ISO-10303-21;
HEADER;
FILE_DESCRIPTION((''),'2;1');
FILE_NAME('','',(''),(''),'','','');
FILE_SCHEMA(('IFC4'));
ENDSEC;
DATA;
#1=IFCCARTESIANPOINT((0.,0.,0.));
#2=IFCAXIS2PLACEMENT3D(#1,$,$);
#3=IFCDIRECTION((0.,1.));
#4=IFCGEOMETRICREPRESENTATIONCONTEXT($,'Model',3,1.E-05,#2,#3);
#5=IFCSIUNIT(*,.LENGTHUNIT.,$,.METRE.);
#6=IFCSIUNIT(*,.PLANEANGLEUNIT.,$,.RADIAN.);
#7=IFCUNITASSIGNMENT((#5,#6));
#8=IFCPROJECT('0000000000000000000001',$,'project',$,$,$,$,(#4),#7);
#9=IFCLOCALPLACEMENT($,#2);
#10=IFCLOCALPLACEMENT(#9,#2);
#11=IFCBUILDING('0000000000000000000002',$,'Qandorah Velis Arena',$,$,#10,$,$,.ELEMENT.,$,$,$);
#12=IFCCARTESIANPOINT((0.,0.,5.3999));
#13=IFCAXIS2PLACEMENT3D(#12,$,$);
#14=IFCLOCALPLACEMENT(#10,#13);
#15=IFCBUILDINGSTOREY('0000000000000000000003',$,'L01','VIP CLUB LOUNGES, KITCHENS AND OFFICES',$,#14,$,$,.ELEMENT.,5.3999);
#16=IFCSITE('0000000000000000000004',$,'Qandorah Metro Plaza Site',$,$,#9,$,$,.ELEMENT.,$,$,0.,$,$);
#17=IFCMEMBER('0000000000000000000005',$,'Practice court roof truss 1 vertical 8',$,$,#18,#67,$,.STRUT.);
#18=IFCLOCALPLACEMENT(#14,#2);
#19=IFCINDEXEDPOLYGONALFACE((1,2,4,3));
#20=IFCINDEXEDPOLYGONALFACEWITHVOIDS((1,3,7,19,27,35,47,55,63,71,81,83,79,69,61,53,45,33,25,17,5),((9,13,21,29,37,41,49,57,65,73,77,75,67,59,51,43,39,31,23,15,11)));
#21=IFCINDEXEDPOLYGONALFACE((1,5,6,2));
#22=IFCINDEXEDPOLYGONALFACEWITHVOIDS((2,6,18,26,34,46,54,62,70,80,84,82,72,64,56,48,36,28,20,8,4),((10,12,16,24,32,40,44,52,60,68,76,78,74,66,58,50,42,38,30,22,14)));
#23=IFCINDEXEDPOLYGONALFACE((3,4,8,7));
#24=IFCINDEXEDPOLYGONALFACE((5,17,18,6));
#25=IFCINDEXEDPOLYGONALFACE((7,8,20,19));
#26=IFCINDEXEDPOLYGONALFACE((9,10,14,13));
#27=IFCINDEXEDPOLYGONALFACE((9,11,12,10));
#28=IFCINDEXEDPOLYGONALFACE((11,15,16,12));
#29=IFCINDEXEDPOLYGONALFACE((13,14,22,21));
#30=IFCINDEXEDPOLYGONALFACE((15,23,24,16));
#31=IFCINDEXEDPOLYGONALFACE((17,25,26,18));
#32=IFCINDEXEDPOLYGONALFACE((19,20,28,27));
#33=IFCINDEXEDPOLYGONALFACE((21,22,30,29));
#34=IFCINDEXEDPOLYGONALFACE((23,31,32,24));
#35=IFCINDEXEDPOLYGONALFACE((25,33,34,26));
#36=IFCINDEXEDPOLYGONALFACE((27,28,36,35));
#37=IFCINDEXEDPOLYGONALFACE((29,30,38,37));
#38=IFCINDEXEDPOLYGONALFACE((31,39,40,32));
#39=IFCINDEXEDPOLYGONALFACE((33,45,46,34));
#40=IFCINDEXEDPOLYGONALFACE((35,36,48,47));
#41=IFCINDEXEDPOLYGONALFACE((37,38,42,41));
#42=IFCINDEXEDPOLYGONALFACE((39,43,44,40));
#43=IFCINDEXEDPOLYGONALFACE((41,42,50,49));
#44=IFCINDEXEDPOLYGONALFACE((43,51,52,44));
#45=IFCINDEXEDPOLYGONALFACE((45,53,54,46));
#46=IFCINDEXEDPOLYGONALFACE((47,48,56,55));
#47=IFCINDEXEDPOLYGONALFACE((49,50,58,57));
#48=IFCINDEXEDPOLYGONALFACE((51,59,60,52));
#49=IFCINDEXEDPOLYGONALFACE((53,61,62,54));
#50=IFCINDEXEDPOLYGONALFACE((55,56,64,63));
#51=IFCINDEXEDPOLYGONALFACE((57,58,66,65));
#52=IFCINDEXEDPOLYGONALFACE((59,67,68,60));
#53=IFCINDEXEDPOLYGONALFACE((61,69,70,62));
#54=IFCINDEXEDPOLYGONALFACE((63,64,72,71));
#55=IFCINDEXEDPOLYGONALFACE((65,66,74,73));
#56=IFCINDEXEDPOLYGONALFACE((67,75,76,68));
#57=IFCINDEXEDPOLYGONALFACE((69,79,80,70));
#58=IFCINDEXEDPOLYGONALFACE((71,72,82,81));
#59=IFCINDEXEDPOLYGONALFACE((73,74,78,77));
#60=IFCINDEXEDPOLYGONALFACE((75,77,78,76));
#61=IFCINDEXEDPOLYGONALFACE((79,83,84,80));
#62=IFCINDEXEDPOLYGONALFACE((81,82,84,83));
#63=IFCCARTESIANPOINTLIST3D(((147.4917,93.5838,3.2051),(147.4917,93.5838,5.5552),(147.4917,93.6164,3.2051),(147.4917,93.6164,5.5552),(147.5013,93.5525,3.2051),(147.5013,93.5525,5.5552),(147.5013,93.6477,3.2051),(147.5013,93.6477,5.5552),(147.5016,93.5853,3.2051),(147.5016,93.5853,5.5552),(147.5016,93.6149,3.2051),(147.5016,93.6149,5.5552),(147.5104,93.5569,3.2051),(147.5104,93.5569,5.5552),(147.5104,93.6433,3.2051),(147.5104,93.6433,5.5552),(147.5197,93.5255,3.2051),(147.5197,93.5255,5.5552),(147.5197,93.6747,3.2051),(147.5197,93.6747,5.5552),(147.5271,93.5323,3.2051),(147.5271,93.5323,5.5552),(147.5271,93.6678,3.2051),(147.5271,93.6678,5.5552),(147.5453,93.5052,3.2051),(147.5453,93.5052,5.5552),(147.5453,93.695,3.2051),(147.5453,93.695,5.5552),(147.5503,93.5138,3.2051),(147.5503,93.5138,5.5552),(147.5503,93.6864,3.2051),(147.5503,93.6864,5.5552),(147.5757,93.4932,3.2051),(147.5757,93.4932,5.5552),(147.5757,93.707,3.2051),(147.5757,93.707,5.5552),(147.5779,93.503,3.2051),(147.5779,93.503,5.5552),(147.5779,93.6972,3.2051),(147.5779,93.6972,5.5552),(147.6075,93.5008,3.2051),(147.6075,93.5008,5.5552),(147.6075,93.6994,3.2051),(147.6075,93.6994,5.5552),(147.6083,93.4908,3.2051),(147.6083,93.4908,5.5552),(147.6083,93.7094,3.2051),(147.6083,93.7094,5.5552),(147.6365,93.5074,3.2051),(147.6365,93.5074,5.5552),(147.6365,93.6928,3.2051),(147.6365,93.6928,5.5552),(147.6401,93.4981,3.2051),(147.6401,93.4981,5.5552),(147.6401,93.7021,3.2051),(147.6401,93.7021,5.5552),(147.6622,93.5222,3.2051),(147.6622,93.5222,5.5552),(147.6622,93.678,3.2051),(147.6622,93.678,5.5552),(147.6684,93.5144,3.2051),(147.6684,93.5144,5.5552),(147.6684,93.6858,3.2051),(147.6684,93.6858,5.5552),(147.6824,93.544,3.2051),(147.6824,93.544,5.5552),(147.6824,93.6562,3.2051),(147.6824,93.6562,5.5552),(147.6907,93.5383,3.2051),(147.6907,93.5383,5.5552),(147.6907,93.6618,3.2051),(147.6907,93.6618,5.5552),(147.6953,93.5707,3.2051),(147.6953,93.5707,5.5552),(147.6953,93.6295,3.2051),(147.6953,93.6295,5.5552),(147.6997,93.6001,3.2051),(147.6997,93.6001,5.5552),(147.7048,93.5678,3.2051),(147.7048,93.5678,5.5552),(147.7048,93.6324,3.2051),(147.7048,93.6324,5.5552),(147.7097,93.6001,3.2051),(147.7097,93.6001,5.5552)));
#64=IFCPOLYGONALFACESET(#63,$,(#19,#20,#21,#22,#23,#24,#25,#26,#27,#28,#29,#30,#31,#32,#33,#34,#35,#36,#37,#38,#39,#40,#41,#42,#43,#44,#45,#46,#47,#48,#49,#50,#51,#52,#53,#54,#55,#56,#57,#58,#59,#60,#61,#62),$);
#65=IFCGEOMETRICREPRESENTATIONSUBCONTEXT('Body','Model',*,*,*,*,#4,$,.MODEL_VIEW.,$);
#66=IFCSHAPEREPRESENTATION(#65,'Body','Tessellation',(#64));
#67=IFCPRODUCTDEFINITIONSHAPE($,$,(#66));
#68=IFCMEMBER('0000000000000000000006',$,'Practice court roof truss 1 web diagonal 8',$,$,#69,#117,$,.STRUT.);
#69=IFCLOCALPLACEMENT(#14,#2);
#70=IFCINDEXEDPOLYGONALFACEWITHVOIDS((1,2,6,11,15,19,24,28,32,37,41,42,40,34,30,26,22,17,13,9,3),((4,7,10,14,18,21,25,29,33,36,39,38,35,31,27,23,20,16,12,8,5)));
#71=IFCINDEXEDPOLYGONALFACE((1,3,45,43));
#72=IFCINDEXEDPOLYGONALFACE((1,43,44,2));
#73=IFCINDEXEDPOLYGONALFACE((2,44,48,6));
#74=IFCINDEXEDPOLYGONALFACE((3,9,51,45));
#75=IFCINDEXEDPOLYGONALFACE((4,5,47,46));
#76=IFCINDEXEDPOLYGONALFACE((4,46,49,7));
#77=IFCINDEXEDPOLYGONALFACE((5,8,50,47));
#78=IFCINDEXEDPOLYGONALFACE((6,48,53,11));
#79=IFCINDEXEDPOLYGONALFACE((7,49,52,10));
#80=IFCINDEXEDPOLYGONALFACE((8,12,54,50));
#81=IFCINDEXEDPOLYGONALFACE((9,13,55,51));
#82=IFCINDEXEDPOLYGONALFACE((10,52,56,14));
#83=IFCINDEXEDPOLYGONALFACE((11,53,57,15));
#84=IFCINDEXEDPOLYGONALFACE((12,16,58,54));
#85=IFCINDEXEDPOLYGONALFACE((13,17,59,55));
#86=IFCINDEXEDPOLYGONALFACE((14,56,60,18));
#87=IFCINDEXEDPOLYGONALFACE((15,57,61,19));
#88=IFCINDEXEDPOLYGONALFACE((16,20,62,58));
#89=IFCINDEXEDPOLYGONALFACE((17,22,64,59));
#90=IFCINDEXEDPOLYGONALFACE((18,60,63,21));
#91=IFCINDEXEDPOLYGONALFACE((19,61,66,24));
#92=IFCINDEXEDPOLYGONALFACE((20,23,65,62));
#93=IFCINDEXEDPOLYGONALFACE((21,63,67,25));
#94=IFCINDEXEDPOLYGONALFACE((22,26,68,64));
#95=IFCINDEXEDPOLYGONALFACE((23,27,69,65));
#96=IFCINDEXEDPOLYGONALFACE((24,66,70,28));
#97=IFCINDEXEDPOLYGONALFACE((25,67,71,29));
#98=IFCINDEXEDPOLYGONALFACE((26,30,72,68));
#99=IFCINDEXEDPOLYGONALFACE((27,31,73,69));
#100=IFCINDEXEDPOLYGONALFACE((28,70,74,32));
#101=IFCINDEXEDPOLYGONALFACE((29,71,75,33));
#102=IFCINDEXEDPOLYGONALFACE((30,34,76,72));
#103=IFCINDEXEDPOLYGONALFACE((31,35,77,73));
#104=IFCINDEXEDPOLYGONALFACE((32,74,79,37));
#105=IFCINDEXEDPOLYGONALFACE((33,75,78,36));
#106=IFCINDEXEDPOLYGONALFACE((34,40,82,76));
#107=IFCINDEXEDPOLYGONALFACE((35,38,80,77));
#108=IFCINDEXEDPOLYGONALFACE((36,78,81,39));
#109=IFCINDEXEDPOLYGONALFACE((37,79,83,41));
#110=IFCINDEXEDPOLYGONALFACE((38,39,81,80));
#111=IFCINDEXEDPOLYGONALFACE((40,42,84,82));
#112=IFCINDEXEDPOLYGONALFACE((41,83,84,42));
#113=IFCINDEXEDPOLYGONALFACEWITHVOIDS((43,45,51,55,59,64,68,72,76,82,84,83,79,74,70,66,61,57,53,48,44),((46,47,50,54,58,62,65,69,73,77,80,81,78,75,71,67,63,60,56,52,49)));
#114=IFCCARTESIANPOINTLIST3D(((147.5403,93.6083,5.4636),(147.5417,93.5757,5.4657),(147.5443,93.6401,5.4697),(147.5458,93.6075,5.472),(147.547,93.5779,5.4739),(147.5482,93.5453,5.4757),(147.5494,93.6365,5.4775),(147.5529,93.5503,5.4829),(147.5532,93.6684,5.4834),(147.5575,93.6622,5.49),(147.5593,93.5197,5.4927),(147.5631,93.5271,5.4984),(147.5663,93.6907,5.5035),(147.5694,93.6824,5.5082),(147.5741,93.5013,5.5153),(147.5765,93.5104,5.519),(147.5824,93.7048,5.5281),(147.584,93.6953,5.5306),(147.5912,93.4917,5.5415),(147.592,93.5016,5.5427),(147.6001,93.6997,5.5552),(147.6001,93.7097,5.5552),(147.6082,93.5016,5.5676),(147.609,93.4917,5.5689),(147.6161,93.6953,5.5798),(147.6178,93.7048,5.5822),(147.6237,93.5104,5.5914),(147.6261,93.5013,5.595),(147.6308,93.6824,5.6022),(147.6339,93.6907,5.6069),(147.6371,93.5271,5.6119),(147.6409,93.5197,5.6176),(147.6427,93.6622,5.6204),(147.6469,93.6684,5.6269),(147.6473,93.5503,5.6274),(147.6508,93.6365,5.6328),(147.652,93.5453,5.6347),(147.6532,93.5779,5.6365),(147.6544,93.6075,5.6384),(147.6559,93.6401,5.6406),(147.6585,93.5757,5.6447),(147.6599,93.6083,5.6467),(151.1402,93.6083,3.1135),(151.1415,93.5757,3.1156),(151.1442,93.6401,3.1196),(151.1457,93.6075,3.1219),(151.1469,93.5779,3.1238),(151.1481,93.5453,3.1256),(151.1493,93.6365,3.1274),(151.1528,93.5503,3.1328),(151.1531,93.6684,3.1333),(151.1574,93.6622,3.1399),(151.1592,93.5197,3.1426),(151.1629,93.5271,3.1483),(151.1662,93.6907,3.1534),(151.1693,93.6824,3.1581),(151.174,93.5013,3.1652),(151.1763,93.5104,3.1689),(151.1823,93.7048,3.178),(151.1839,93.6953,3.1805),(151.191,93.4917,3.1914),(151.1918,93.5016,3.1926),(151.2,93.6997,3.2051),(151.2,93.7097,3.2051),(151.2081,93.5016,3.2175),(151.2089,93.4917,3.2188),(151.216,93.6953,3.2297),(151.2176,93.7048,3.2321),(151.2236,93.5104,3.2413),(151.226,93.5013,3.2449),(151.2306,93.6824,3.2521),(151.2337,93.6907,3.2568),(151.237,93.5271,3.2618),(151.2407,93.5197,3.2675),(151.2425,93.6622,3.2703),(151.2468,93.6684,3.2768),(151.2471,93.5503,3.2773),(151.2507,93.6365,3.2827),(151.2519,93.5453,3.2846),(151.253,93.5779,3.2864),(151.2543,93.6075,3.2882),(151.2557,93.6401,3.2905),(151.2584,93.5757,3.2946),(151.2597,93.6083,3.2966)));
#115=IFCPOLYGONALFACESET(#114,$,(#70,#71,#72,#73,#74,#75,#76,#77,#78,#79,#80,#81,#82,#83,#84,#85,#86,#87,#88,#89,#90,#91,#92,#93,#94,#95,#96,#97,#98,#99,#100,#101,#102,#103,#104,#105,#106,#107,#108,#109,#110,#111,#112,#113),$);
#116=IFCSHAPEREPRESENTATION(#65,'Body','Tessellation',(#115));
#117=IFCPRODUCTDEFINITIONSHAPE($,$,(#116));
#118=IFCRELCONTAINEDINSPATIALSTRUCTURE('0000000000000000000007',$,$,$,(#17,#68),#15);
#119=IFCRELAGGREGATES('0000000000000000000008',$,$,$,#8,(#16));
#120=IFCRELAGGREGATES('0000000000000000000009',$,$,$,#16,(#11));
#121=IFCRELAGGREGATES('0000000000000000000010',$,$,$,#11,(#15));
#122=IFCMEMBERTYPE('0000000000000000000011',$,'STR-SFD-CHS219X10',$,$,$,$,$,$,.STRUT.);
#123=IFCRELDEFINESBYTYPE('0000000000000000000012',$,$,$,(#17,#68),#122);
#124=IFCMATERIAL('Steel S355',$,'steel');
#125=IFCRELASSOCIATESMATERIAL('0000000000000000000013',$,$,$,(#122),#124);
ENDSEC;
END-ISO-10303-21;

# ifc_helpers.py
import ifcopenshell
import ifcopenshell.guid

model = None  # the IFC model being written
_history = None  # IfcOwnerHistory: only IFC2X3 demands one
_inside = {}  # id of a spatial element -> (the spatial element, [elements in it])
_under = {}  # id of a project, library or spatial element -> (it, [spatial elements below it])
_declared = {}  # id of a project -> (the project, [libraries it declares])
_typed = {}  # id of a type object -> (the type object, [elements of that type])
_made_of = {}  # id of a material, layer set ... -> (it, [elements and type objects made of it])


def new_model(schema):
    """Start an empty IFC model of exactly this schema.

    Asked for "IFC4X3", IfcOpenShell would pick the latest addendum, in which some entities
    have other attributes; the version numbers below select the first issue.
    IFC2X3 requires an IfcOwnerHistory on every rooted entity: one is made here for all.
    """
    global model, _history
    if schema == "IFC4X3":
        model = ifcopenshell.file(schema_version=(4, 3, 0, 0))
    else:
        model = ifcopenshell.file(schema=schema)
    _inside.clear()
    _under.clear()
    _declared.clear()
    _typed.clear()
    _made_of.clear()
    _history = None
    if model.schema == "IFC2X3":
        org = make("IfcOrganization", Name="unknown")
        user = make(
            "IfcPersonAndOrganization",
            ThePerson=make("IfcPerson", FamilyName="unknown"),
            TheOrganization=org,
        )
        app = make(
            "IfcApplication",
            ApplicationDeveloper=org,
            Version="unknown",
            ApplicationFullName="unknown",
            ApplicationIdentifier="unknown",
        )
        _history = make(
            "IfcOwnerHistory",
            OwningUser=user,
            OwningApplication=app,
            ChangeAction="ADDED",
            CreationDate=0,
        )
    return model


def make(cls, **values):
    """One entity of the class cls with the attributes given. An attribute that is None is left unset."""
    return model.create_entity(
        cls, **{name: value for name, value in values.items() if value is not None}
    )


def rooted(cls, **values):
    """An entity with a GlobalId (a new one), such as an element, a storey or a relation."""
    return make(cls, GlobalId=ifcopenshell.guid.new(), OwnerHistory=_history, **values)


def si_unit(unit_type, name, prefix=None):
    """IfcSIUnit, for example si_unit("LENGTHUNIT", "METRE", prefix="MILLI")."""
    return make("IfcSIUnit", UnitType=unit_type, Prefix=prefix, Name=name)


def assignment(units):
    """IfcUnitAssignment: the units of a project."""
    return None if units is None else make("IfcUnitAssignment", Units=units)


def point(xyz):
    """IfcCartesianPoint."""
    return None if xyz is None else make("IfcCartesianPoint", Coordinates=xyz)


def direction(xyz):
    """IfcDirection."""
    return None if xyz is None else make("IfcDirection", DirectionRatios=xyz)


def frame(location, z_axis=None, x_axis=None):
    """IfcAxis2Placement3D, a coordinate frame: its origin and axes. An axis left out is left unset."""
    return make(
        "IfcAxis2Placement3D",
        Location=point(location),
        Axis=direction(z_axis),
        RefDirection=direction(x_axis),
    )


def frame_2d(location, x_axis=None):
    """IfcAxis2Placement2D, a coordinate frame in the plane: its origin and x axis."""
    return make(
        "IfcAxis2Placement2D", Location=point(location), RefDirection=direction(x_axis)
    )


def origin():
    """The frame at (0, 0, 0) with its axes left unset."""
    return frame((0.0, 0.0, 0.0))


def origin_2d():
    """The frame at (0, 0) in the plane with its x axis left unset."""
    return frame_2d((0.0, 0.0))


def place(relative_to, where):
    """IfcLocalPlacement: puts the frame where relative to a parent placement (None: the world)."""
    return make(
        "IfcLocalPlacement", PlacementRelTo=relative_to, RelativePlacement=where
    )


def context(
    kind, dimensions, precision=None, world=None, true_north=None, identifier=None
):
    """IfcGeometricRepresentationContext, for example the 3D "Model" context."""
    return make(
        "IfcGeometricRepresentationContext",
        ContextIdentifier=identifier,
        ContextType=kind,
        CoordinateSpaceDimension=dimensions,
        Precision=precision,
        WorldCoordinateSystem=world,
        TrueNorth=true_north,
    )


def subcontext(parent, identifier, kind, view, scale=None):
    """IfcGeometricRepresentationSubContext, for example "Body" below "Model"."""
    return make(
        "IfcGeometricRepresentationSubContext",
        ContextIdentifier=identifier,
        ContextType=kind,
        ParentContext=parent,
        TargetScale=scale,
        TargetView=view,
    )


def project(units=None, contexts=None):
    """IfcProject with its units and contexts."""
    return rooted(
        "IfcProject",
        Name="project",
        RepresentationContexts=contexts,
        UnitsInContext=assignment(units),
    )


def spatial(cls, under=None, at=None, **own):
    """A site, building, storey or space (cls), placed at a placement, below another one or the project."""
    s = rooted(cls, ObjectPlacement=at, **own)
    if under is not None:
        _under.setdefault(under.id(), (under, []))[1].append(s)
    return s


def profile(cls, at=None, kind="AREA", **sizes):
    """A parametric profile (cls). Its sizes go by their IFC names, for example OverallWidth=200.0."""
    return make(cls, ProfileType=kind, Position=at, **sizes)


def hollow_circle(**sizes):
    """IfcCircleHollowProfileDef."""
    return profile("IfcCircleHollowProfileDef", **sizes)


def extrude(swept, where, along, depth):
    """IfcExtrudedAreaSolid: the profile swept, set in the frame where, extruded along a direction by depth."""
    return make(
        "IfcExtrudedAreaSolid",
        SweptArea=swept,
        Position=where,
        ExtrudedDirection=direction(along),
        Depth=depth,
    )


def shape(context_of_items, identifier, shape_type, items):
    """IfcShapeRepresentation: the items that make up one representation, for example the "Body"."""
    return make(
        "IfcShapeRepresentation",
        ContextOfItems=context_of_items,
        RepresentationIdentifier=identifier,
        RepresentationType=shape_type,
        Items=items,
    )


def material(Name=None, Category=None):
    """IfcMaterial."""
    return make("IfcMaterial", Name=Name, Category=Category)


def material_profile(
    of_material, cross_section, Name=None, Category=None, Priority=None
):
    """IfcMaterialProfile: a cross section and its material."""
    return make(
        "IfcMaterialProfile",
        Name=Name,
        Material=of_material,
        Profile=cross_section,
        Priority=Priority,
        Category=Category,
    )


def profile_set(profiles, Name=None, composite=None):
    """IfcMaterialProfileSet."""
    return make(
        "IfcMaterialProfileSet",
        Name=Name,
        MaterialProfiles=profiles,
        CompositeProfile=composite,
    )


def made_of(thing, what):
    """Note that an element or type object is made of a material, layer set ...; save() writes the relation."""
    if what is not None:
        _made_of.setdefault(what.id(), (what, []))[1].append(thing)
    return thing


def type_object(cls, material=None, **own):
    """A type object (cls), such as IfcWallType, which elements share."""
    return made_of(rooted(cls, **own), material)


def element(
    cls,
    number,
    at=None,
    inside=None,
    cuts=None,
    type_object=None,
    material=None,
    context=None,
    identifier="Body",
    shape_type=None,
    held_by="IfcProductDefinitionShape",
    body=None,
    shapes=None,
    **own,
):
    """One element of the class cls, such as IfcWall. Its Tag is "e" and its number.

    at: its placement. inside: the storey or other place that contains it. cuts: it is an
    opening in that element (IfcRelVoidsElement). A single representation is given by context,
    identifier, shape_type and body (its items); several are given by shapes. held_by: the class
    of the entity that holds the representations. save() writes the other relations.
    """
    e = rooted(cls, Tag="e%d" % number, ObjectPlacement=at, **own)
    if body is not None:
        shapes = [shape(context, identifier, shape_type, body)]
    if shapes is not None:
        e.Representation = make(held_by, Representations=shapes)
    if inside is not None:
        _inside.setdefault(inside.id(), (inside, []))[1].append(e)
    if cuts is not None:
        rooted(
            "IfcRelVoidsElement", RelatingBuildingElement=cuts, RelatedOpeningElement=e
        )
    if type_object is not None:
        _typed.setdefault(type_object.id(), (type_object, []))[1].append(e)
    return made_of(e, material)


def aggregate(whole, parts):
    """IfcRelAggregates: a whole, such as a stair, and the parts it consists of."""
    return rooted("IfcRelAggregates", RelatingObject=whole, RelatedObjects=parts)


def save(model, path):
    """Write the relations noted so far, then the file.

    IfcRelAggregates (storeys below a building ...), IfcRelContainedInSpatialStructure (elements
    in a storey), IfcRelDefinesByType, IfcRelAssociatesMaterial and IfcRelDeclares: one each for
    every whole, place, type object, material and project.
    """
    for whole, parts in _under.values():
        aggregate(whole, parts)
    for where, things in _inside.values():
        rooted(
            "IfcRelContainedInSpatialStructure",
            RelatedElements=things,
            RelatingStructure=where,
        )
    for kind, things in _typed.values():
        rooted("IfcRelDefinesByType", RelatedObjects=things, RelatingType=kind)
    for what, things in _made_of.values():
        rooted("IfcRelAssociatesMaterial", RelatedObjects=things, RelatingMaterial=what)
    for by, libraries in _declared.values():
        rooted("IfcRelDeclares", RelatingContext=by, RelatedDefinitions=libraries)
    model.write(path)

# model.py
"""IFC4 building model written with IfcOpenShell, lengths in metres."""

from ifc_helpers import new_model, si_unit, direction, frame, origin, origin_2d, place, context, subcontext, project, spatial, hollow_circle, extrude, material, material_profile, profile_set, type_object, element, save


model = new_model("IFC4")

# Units and contexts
model_context = context("Model", 3, precision=1e-05, world=origin(), true_north=direction((0.0, 1.0)))
body_context = subcontext(model_context, "Body", "Model", "MODEL_VIEW")
ifc_project = project(units=[si_unit("LENGTHUNIT", "METRE"), si_unit("PLANEANGLEUNIT", "RADIAN")], contexts=[model_context])

# Site, building, storey
site_placement = place(None, origin())
site = spatial("IfcSite", under=ifc_project, at=site_placement, Name="Qandorah Metro Plaza Site", CompositionType="ELEMENT", RefElevation=0.0)
building_placement = place(site_placement, origin())
building = spatial("IfcBuilding", under=site, at=building_placement, Name="Qandorah Velis Arena", CompositionType="ELEMENT")
storey_placement = place(building_placement, frame((0.0, 0.0, 5.3999)))
storey = spatial("IfcBuildingStorey", under=building, at=storey_placement, Name="L01", Description="VIP CLUB LOUNGES, KITCHENS AND OFFICES", CompositionType="ELEMENT", Elevation=5.3999)

# Shared definitions
ifc_material_1 = material(Name="Steel S355", Category="steel")

# Members
ifc_material_profile_1 = material_profile(ifc_material_1, hollow_circle(Radius=0.1096, WallThickness=0.01, at=origin_2d()), Name="CHS 219.1x10")
ifc_profile_set_1 = profile_set([ifc_material_profile_1], Name="Steel S355")
member_type = type_object("IfcMemberType", Name="STR-SFD-CHS219X10", PredefinedType="STRUT", material=ifc_profile_set_1)
member_1_placement = place(storey_placement, frame((147.6001, 93.6001, 3.2051), z_axis=(0.0, 0.0, 1.0), x_axis=(1.0, 0.0, 0.0)))
element("IfcMember", 1, at=member_1_placement, inside=storey, type_object=member_type, Name="Practice court roof truss 1 vertical 8", PredefinedType="STRUT", context=body_context, shape_type="SweptSolid", body=[
    extrude(hollow_circle(Radius=0.1096, WallThickness=0.01, at=origin_2d()), origin(), (0.0, 0.0, 1.0), 2.3501),
])
member_2_placement = place(storey_placement, frame((147.6001, 93.6001, 5.5552), z_axis=(0.837359, 0.0, -0.546654), x_axis=(0.0, 1.0, 0.0)))
element("IfcMember", 2, at=member_2_placement, inside=storey, type_object=member_type, Name="Practice court roof truss 1 web diagonal 8", PredefinedType="STRUT", context=body_context, shape_type="SweptSolid", body=[
    extrude(hollow_circle(Radius=0.1096, WallThickness=0.01, at=origin_2d()), origin(), (0.0, 0.0, 1.0), 4.2991),
])

save(model, "model.ifc")
